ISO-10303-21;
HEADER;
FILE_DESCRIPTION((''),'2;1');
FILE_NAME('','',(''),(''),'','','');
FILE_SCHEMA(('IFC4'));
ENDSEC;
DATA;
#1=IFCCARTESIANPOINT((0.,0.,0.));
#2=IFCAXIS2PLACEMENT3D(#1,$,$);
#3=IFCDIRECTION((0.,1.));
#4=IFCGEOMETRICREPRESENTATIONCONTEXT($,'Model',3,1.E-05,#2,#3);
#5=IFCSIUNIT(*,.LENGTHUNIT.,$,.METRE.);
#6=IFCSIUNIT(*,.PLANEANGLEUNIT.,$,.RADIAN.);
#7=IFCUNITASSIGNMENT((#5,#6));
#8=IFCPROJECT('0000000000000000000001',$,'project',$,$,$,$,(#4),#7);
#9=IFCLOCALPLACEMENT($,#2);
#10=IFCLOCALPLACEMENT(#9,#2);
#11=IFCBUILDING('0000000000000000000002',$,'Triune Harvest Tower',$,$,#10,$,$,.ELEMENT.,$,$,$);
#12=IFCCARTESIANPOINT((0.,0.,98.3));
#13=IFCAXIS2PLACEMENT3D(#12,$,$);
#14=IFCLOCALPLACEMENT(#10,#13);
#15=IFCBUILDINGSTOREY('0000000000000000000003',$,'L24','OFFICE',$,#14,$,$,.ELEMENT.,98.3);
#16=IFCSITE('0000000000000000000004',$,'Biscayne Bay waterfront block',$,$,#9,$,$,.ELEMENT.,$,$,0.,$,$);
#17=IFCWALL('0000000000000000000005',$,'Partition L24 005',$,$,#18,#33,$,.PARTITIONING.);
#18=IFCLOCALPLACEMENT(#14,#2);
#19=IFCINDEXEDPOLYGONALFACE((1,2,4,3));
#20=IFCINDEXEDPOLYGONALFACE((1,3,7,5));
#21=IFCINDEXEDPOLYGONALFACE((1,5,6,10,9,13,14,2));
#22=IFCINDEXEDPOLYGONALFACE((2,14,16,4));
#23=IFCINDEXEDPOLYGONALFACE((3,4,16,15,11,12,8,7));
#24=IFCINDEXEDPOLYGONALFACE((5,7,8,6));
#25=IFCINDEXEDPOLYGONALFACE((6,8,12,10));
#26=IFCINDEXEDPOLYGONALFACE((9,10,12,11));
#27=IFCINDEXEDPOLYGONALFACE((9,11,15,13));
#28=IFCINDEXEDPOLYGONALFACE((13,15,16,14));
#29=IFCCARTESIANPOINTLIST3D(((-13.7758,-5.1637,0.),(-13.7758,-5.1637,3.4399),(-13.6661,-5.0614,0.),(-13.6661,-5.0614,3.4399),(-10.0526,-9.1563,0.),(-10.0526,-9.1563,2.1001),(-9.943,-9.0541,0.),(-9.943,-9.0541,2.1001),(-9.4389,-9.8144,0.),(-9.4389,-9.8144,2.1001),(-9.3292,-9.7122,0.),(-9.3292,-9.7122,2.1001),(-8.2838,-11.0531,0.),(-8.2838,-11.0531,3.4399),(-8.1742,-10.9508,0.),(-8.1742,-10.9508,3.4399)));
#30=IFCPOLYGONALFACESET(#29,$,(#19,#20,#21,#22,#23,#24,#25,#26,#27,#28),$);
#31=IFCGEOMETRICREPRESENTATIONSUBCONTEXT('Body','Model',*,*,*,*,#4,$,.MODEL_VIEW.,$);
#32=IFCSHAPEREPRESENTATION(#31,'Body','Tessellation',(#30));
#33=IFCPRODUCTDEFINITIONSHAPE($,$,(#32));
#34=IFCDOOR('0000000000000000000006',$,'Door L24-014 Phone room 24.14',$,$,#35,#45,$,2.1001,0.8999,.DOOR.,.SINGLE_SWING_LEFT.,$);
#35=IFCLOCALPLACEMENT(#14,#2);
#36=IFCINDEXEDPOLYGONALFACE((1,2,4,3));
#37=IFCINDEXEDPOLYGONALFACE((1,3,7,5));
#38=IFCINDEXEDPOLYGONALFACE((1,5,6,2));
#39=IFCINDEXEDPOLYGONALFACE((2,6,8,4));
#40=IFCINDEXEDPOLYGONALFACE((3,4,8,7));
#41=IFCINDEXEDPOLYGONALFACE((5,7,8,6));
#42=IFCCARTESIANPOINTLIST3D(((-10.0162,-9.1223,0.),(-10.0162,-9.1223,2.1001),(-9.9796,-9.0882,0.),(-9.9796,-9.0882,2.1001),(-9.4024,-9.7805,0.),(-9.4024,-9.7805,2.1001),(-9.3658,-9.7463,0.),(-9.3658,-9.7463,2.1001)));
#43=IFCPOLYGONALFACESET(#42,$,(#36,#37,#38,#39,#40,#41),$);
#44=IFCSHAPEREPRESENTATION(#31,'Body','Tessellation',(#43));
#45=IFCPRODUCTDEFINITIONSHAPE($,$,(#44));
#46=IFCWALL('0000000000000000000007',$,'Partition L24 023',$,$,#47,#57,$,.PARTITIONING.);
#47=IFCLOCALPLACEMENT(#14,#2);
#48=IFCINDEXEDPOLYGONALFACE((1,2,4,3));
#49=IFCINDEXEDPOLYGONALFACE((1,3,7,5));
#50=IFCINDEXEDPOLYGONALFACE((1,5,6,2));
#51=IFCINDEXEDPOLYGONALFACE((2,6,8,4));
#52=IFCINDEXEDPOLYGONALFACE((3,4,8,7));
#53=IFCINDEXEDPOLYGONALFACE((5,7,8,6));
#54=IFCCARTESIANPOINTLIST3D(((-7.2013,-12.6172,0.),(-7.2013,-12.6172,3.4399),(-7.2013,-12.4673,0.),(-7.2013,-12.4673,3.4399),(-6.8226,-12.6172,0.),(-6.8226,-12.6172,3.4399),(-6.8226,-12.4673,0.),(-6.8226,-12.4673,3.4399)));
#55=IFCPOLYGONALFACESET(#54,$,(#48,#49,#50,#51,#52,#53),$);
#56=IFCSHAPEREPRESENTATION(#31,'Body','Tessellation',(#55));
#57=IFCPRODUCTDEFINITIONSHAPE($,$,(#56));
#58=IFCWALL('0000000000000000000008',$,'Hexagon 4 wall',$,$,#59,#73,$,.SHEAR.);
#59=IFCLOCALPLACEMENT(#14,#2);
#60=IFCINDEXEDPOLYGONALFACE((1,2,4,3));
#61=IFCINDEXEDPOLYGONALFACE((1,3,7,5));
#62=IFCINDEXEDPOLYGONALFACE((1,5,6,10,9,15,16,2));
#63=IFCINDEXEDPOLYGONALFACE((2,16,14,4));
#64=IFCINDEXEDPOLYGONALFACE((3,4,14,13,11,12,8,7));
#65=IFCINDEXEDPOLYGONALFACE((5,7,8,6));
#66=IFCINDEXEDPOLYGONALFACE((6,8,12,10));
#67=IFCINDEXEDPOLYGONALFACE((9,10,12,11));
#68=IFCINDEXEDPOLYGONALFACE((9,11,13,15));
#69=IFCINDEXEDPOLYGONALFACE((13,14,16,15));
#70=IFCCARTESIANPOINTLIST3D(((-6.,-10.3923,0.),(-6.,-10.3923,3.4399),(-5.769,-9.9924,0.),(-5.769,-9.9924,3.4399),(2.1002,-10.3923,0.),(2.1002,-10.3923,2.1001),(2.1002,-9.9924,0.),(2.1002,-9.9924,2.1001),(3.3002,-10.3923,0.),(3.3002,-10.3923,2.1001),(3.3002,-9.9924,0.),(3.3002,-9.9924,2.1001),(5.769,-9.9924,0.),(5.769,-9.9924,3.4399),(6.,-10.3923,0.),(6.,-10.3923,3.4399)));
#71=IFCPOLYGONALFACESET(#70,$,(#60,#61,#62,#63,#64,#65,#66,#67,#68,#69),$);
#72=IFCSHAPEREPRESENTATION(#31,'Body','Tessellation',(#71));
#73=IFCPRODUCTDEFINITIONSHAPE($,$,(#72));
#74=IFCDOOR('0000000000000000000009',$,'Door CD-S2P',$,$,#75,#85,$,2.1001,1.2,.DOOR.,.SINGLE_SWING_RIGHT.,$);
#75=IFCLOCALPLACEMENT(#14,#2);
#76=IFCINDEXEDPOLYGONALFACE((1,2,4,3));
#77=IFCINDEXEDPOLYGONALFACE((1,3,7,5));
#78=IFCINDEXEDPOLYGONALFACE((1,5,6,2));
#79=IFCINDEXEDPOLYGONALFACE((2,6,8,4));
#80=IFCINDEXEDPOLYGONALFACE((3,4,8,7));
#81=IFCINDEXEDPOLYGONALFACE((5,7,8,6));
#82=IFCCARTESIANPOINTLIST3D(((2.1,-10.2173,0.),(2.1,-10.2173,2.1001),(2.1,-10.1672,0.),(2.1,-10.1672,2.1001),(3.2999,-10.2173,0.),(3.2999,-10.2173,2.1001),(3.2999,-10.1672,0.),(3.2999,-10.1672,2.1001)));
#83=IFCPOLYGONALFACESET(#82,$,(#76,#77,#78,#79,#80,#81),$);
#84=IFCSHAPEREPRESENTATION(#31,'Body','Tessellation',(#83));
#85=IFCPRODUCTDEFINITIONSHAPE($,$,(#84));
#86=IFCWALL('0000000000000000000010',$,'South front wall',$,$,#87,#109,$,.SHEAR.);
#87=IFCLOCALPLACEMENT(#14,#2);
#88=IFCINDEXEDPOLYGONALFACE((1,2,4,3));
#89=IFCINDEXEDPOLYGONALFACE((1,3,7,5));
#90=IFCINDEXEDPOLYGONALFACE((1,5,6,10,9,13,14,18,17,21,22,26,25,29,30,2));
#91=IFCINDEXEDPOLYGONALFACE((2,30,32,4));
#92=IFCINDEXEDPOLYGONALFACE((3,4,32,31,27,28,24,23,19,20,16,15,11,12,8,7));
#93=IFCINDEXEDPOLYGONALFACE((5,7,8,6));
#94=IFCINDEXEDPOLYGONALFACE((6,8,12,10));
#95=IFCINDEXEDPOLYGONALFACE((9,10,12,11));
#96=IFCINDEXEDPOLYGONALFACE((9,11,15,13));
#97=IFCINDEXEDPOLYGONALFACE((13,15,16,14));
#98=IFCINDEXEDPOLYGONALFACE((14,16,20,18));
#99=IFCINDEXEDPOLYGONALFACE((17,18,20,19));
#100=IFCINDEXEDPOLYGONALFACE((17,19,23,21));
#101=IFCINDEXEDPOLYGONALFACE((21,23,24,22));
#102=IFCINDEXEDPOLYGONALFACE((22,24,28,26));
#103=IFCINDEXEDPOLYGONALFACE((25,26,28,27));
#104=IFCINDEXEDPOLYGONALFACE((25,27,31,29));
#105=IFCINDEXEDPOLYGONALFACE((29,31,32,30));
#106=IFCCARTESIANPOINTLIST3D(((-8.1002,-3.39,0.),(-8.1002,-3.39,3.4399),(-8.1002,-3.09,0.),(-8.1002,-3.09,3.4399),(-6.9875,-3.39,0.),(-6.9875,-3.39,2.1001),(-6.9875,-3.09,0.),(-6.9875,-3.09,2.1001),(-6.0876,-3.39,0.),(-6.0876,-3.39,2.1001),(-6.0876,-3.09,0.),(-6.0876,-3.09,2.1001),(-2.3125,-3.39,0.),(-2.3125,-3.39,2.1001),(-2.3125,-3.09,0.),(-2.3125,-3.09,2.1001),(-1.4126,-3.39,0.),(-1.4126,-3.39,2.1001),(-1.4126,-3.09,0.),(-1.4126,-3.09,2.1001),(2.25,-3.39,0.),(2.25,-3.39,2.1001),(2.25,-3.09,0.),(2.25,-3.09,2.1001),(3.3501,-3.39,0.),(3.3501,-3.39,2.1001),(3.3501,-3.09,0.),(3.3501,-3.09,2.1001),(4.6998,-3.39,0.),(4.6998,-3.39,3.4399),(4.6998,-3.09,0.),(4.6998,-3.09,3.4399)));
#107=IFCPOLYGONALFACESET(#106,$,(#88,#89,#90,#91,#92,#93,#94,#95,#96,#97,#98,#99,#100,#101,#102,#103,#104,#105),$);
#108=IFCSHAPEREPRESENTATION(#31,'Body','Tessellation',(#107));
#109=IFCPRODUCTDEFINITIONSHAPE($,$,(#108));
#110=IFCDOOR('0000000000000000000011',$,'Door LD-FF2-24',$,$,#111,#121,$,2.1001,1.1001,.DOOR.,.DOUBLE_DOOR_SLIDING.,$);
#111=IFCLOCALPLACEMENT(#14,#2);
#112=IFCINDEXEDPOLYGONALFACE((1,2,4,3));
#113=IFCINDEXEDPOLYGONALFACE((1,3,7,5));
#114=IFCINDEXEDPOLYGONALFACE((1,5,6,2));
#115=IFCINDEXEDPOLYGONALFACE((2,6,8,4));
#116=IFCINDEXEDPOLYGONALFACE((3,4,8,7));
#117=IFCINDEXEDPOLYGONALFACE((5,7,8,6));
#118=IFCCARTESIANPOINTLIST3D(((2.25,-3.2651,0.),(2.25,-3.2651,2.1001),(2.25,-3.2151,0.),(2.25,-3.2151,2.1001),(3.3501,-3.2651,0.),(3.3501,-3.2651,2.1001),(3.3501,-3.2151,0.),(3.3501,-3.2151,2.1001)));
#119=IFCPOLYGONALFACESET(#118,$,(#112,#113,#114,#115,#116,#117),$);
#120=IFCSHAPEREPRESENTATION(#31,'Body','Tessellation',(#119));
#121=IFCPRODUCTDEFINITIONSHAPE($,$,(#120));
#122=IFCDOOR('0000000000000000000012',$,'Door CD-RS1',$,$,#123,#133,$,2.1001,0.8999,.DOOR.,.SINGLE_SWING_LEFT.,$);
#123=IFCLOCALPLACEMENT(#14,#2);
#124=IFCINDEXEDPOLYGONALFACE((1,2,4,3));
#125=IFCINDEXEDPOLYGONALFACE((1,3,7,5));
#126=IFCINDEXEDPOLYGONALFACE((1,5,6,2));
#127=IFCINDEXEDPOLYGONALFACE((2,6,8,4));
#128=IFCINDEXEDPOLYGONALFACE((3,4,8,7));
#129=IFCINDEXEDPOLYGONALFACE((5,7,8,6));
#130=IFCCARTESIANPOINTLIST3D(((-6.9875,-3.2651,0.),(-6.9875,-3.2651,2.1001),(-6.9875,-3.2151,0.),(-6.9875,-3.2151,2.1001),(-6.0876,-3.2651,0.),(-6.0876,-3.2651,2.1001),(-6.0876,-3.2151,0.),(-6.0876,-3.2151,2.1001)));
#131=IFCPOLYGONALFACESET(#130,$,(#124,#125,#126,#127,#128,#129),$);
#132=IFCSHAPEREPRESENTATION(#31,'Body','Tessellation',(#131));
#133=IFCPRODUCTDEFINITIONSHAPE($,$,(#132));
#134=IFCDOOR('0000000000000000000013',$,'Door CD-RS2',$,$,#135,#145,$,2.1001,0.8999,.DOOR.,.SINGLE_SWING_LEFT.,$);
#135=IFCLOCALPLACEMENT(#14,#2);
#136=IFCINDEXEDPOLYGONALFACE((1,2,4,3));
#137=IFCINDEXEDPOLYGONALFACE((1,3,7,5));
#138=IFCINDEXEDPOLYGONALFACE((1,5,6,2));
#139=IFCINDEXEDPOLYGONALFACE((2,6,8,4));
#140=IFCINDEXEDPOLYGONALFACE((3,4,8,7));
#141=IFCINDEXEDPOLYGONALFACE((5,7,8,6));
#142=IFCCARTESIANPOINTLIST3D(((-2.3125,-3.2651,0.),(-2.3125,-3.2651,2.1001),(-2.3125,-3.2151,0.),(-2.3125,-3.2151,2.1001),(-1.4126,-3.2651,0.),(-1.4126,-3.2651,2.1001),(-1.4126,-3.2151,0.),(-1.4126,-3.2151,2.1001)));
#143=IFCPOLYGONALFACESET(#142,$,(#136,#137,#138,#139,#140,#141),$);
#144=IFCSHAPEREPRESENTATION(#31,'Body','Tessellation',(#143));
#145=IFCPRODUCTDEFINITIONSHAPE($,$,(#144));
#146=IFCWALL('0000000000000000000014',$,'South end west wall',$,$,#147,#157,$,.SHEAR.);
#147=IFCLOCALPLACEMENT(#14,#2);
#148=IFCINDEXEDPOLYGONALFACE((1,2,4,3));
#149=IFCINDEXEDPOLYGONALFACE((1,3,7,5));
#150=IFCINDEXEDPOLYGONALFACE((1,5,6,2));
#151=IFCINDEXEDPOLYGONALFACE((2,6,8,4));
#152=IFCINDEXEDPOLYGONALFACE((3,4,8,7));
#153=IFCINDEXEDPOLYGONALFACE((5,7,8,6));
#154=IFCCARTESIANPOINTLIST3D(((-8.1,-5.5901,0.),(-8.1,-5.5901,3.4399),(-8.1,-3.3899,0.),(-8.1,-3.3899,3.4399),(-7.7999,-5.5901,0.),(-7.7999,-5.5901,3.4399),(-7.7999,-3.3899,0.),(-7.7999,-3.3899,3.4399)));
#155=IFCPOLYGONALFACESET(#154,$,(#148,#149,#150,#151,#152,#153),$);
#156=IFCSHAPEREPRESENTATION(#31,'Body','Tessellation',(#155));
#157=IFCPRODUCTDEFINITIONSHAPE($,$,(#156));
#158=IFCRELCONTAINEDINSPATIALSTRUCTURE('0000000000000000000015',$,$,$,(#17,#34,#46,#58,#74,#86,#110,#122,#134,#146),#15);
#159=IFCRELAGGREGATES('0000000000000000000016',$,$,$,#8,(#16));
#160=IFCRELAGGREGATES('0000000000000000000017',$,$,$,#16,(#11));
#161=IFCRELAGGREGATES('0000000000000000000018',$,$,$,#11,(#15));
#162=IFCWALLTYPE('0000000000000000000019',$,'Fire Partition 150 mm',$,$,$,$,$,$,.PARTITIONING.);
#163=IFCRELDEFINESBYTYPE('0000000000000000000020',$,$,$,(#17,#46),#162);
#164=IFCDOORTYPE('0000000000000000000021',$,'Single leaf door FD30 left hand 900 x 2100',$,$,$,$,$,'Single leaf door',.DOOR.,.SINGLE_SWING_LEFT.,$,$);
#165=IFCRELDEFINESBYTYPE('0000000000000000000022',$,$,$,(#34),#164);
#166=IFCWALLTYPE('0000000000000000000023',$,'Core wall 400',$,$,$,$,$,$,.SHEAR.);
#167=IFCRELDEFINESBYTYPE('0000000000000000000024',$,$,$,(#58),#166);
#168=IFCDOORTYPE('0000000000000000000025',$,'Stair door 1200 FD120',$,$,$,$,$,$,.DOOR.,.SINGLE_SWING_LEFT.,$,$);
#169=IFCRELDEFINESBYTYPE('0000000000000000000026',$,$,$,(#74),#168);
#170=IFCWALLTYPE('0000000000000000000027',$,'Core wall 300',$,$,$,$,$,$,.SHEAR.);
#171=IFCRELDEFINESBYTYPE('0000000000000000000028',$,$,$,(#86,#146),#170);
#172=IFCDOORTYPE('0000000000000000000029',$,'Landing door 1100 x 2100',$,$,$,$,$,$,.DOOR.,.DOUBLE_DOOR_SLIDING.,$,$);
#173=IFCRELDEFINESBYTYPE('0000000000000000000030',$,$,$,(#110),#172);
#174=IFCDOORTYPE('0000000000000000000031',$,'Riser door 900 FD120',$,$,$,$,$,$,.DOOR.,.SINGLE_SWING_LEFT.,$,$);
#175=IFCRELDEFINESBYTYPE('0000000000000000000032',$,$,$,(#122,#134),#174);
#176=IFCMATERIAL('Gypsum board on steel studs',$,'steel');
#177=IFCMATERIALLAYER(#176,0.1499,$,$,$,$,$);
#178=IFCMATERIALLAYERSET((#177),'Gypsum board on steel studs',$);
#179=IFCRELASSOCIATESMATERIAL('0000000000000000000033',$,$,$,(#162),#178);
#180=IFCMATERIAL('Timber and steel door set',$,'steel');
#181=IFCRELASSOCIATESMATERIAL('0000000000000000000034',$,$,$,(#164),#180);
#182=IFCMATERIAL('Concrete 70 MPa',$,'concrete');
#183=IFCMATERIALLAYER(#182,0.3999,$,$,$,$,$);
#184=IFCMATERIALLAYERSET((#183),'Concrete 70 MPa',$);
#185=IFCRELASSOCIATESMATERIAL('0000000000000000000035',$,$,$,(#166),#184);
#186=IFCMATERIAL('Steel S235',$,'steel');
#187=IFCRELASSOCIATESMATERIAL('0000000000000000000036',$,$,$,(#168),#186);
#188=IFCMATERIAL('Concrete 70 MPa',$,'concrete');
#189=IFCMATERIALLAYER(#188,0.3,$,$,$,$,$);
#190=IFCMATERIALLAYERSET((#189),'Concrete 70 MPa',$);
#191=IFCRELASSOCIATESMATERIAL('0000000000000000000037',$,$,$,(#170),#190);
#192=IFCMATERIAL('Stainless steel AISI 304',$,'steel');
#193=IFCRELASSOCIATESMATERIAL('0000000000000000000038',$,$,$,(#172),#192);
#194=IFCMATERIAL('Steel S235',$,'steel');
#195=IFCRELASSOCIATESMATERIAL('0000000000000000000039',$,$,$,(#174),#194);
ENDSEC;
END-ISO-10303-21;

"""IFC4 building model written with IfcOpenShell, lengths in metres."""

from ifc_helpers import new_model, si_unit, direction, frame, frame_2d, origin, place, context, subcontext, project, spatial, polyline, rectangle, outline, extrude, source, transform, mapped, material, layer, layer_set, type_object, element, fill, save


model = new_model("IFC4")

# Units and contexts
model_context = context("Model", 3, precision=1e-05, world=origin(), true_north=direction((0.0, 1.0)))
body_context = subcontext(model_context, "Body", "Model", "MODEL_VIEW")
ifc_project = project(units=[si_unit("LENGTHUNIT", "METRE"), si_unit("PLANEANGLEUNIT", "RADIAN")], contexts=[model_context])

# Site, building, storey
site_placement = place(None, origin())
site = spatial("IfcSite", under=ifc_project, at=site_placement, Name="Biscayne Bay waterfront block", CompositionType="ELEMENT", RefElevation=0.0)
building_placement = place(site_placement, origin())
building = spatial("IfcBuilding", under=site, at=building_placement, Name="Triune Harvest Tower", CompositionType="ELEMENT")
storey_placement = place(building_placement, frame((0.0, 0.0, 98.3)))
storey = spatial("IfcBuildingStorey", under=building, at=storey_placement, Name="L24", Description="OFFICE", CompositionType="ELEMENT", Elevation=98.3)

# Wall, opening, door
ifc_material_1 = material(Name="Gypsum board on steel studs", Category="steel")
ifc_layer_1 = layer(ifc_material_1, 0.1499)
ifc_layer_set_1 = layer_set([ifc_layer_1], Name="Gypsum board on steel studs")
wall_type_1 = type_object("IfcWallType", Name="Fire Partition 150 mm", PredefinedType="PARTITIONING", material=ifc_layer_set_1)
wall_1_placement = place(storey_placement, frame((-13.7209, -5.1125, 0.0), z_axis=(0.0, 0.0, 1.0), x_axis=(0.681997, -0.731355, 0.0)))
wall_1 = element("IfcWall", 1, at=wall_1_placement, inside=storey, type_object=wall_type_1, Name="Partition L24 005", PredefinedType="PARTITIONING", context=body_context, shape_type="SweptSolid", body=[
    extrude(rectangle(XDim=8.0527, YDim=0.1499, at=frame_2d((4.0264, 0.0))), origin(), (0.0, 0.0, 1.0), 3.4399),
])
opening_1_placement = place(wall_1_placement, frame((5.4592, 0.0, 0.0)))
opening_1 = element("IfcOpeningElement", 2, at=opening_1_placement, cuts=wall_1, PredefinedType="OPENING", context=body_context, shape_type="SweptSolid", body=[
    extrude(rectangle(XDim=0.8999, YDim=2.1001, at=frame_2d((0.45, 1.05))), frame((0.0, 0.085, 0.0), z_axis=(0.0, -1.0, 0.0), x_axis=(1.0, 0.0, 0.0)), (0.0, 0.0, 1.0), 0.1699),
])
ifc_material_2 = material(Name="Timber and steel door set", Category="steel")
door_type_1 = type_object("IfcDoorType", Name="Single leaf door FD30 left hand 900 x 2100", ElementType="Single leaf door", OperationType="SINGLE_SWING_LEFT", PredefinedType="DOOR", material=ifc_material_2)
door_1_placement = place(opening_1_placement, origin())
door_1 = element("IfcDoor", 3, at=door_1_placement, inside=storey, type_object=door_type_1, Name="Door L24-014 Phone room 24.14", OperationType="SINGLE_SWING_LEFT", OverallHeight=2.1001, OverallWidth=0.8999, PredefinedType="DOOR", context=body_context, shape_type="SweptSolid", body=[
    extrude(rectangle(XDim=0.8999, YDim=2.1001, at=frame_2d((0.45, 1.05))), frame((0.0, 0.0249, 0.0), z_axis=(0.0, -1.0, 0.0), x_axis=(1.0, 0.0, 0.0)), (0.0, 0.0, 1.0), 0.05),
])
fill(opening_1, door_1)

# Wall
wall_2_placement = place(storey_placement, frame((-7.2014, -12.5422, 0.0), z_axis=(0.0, 0.0, 1.0), x_axis=(1.0, 0.0, 0.0)))
element("IfcWall", 4, at=wall_2_placement, inside=storey, type_object=wall_type_1, Name="Partition L24 023", PredefinedType="PARTITIONING", context=body_context, shape_type="SweptSolid", body=[
    extrude(rectangle(XDim=0.3787, YDim=0.1499, at=frame_2d((0.1895, 0.0))), origin(), (0.0, 0.0, 1.0), 3.4399),
])

# Wall, opening, door
ifc_material_3 = material(Name="Concrete 70 MPa", Category="concrete")
ifc_layer_2 = layer(ifc_material_3, 0.3999)
ifc_layer_set_2 = layer_set([ifc_layer_2], Name="Concrete 70 MPa")
wall_type_2 = type_object("IfcWallType", Name="Core wall 400", PredefinedType="SHEAR", material=ifc_layer_set_2)
shared_shape_1 = source(origin(), body_context, "Body", "SweptSolid", [
    extrude(outline(polyline([(-0.1155, -0.2), (11.8845, -0.2), (11.6536, 0.2), (0.1155, 0.2), (-0.1155, -0.2)])), origin(), (0.0, 0.0, 1.0), 3.4399),
])
wall_3_placement = place(storey_placement, frame((-5.8845, -10.1924, 0.0), z_axis=(0.0, 0.0, 1.0), x_axis=(1.0, 0.0, 0.0)))
wall_3 = element("IfcWall", 5, at=wall_3_placement, inside=storey, type_object=wall_type_2, Name="Hexagon 4 wall", PredefinedType="SHEAR", context=body_context, shape_type="MappedRepresentation", body=[
    mapped(shared_shape_1, transform((0.0, 0.0, 0.0), scale=1.0)),
])
opening_2_placement = place(wall_3_placement, frame((7.9846, 0.0, 0.0)))
opening_2 = element("IfcOpeningElement", 6, at=opening_2_placement, cuts=wall_3, PredefinedType="OPENING", context=body_context, shape_type="SweptSolid", body=[
    extrude(rectangle(XDim=1.2, YDim=2.1001, at=frame_2d((0.6001, 1.05))), frame((0.0, 0.21, 0.0), z_axis=(0.0, -1.0, 0.0), x_axis=(1.0, 0.0, 0.0)), (0.0, 0.0, 1.0), 0.4199),
])
ifc_material_4 = material(Name="Steel S235", Category="steel")
door_type_2 = type_object("IfcDoorType", Name="Stair door 1200 FD120", OperationType="SINGLE_SWING_LEFT", PredefinedType="DOOR", material=ifc_material_4)
door_2_placement = place(opening_2_placement, frame((1.2, 0.0, 0.0), z_axis=(0.0, 0.0, 1.0), x_axis=(-1.0, 0.0, 0.0)))
door_2 = element("IfcDoor", 7, at=door_2_placement, inside=storey, type_object=door_type_2, Name="Door CD-S2P", OperationType="SINGLE_SWING_RIGHT", OverallHeight=2.1001, OverallWidth=1.2, PredefinedType="DOOR", context=body_context, shape_type="SweptSolid", body=[
    extrude(rectangle(XDim=1.2, YDim=2.1001, at=frame_2d((0.6001, 1.05))), frame((0.0, 0.0249, 0.0), z_axis=(0.0, -1.0, 0.0), x_axis=(1.0, 0.0, 0.0)), (0.0, 0.0, 1.0), 0.05),
])
fill(opening_2, door_2)

# Wall, openings, doors
ifc_material_5 = material(Name="Concrete 70 MPa", Category="concrete")
ifc_layer_3 = layer(ifc_material_5, 0.3)
ifc_layer_set_3 = layer_set([ifc_layer_3], Name="Concrete 70 MPa")
wall_type_3 = type_object("IfcWallType", Name="Core wall 300", PredefinedType="SHEAR", material=ifc_layer_set_3)
shared_shape_2 = source(origin(), body_context, "Body", "SweptSolid", [
    extrude(rectangle(XDim=12.8, YDim=0.3, at=frame_2d((6.3999, 0.0))), origin(), (0.0, 0.0, 1.0), 3.4399),
])
wall_4_placement = place(storey_placement, frame((-8.1001, -3.24, 0.0), z_axis=(0.0, 0.0, 1.0), x_axis=(1.0, 0.0, 0.0)))
wall_4 = element("IfcWall", 8, at=wall_4_placement, inside=storey, type_object=wall_type_3, Name="South front wall", PredefinedType="SHEAR", context=body_context, shape_type="MappedRepresentation", body=[
    mapped(shared_shape_2, transform((0.0, 0.0, 0.0), scale=1.0)),
])
opening_3_placement = place(wall_4_placement, frame((1.1125, 0.0, 0.0)))
opening_3 = element("IfcOpeningElement", 9, at=opening_3_placement, cuts=wall_4, PredefinedType="OPENING", context=body_context, shape_type="SweptSolid", body=[
    extrude(rectangle(XDim=0.8999, YDim=2.1001, at=frame_2d((0.45, 1.05))), frame((0.0, 0.1602, 0.0), z_axis=(0.0, -1.0, 0.0), x_axis=(1.0, 0.0, 0.0)), (0.0, 0.0, 1.0), 0.3201),
])
opening_4_placement = place(wall_4_placement, frame((5.7876, 0.0, 0.0)))
opening_4 = element("IfcOpeningElement", 10, at=opening_4_placement, cuts=wall_4, PredefinedType="OPENING", context=body_context, shape_type="SweptSolid", body=[
    extrude(rectangle(XDim=0.8999, YDim=2.1001, at=frame_2d((0.45, 1.05))), frame((0.0, 0.1602, 0.0), z_axis=(0.0, -1.0, 0.0), x_axis=(1.0, 0.0, 0.0)), (0.0, 0.0, 1.0), 0.3201),
])
opening_5_placement = place(wall_4_placement, frame((10.3501, 0.0, 0.0)))
opening_5 = element("IfcOpeningElement", 11, at=opening_5_placement, cuts=wall_4, PredefinedType="OPENING", context=body_context, shape_type="SweptSolid", body=[
    extrude(rectangle(XDim=1.1001, YDim=2.1001, at=frame_2d((0.55, 1.05))), frame((0.0, 0.1602, 0.0), z_axis=(0.0, -1.0, 0.0), x_axis=(1.0, 0.0, 0.0)), (0.0, 0.0, 1.0), 0.3201),
])
ifc_material_6 = material(Name="Stainless steel AISI 304", Category="steel")
door_type_3 = type_object("IfcDoorType", Name="Landing door 1100 x 2100", OperationType="DOUBLE_DOOR_SLIDING", PredefinedType="DOOR", material=ifc_material_6)
door_3_placement = place(opening_5_placement, origin())
door_3 = element("IfcDoor", 12, at=door_3_placement, inside=storey, type_object=door_type_3, Name="Door LD-FF2-24", OperationType="DOUBLE_DOOR_SLIDING", OverallHeight=2.1001, OverallWidth=1.1001, PredefinedType="DOOR", context=body_context, shape_type="SweptSolid", body=[
    extrude(rectangle(XDim=1.1001, YDim=2.1001, at=frame_2d((0.55, 1.05))), frame((0.0, 0.0249, 0.0), z_axis=(0.0, -1.0, 0.0), x_axis=(1.0, 0.0, 0.0)), (0.0, 0.0, 1.0), 0.05),
])
fill(opening_5, door_3)
ifc_material_7 = material(Name="Steel S235", Category="steel")
door_type_4 = type_object("IfcDoorType", Name="Riser door 900 FD120", OperationType="SINGLE_SWING_LEFT", PredefinedType="DOOR", material=ifc_material_7)
door_4_placement = place(opening_3_placement, origin())
door_4 = element("IfcDoor", 13, at=door_4_placement, inside=storey, type_object=door_type_4, Name="Door CD-RS1", OperationType="SINGLE_SWING_LEFT", OverallHeight=2.1001, OverallWidth=0.8999, PredefinedType="DOOR", context=body_context, shape_type="SweptSolid", body=[
    extrude(rectangle(XDim=0.8999, YDim=2.1001, at=frame_2d((0.45, 1.05))), frame((0.0, 0.0249, 0.0), z_axis=(0.0, -1.0, 0.0), x_axis=(1.0, 0.0, 0.0)), (0.0, 0.0, 1.0), 0.05),
])
fill(opening_3, door_4)
door_5_placement = place(opening_4_placement, origin())
door_5 = element("IfcDoor", 14, at=door_5_placement, inside=storey, type_object=door_type_4, Name="Door CD-RS2", OperationType="SINGLE_SWING_LEFT", OverallHeight=2.1001, OverallWidth=0.8999, PredefinedType="DOOR", context=body_context, shape_type="SweptSolid", body=[
    extrude(rectangle(XDim=0.8999, YDim=2.1001, at=frame_2d((0.45, 1.05))), frame((0.0, 0.0249, 0.0), z_axis=(0.0, -1.0, 0.0), x_axis=(1.0, 0.0, 0.0)), (0.0, 0.0, 1.0), 0.05),
])
fill(opening_4, door_5)

# Wall
shared_shape_3 = source(origin(), body_context, "Body", "SweptSolid", [
    extrude(rectangle(XDim=2.2002, YDim=0.3, at=frame_2d((1.1001, 0.0))), origin(), (0.0, 0.0, 1.0), 3.4399),
])
wall_5_placement = place(storey_placement, frame((-7.95, -5.5901, 0.0), z_axis=(0.0, 0.0, 1.0), x_axis=(0.0, 1.0, 0.0)))
element("IfcWall", 15, at=wall_5_placement, inside=storey, type_object=wall_type_3, Name="South end west wall", PredefinedType="SHEAR", context=body_context, shape_type="MappedRepresentation", body=[
    mapped(shared_shape_3, transform((0.0, 0.0, 0.0), scale=1.0)),
])

save(model, "model.ifc")
